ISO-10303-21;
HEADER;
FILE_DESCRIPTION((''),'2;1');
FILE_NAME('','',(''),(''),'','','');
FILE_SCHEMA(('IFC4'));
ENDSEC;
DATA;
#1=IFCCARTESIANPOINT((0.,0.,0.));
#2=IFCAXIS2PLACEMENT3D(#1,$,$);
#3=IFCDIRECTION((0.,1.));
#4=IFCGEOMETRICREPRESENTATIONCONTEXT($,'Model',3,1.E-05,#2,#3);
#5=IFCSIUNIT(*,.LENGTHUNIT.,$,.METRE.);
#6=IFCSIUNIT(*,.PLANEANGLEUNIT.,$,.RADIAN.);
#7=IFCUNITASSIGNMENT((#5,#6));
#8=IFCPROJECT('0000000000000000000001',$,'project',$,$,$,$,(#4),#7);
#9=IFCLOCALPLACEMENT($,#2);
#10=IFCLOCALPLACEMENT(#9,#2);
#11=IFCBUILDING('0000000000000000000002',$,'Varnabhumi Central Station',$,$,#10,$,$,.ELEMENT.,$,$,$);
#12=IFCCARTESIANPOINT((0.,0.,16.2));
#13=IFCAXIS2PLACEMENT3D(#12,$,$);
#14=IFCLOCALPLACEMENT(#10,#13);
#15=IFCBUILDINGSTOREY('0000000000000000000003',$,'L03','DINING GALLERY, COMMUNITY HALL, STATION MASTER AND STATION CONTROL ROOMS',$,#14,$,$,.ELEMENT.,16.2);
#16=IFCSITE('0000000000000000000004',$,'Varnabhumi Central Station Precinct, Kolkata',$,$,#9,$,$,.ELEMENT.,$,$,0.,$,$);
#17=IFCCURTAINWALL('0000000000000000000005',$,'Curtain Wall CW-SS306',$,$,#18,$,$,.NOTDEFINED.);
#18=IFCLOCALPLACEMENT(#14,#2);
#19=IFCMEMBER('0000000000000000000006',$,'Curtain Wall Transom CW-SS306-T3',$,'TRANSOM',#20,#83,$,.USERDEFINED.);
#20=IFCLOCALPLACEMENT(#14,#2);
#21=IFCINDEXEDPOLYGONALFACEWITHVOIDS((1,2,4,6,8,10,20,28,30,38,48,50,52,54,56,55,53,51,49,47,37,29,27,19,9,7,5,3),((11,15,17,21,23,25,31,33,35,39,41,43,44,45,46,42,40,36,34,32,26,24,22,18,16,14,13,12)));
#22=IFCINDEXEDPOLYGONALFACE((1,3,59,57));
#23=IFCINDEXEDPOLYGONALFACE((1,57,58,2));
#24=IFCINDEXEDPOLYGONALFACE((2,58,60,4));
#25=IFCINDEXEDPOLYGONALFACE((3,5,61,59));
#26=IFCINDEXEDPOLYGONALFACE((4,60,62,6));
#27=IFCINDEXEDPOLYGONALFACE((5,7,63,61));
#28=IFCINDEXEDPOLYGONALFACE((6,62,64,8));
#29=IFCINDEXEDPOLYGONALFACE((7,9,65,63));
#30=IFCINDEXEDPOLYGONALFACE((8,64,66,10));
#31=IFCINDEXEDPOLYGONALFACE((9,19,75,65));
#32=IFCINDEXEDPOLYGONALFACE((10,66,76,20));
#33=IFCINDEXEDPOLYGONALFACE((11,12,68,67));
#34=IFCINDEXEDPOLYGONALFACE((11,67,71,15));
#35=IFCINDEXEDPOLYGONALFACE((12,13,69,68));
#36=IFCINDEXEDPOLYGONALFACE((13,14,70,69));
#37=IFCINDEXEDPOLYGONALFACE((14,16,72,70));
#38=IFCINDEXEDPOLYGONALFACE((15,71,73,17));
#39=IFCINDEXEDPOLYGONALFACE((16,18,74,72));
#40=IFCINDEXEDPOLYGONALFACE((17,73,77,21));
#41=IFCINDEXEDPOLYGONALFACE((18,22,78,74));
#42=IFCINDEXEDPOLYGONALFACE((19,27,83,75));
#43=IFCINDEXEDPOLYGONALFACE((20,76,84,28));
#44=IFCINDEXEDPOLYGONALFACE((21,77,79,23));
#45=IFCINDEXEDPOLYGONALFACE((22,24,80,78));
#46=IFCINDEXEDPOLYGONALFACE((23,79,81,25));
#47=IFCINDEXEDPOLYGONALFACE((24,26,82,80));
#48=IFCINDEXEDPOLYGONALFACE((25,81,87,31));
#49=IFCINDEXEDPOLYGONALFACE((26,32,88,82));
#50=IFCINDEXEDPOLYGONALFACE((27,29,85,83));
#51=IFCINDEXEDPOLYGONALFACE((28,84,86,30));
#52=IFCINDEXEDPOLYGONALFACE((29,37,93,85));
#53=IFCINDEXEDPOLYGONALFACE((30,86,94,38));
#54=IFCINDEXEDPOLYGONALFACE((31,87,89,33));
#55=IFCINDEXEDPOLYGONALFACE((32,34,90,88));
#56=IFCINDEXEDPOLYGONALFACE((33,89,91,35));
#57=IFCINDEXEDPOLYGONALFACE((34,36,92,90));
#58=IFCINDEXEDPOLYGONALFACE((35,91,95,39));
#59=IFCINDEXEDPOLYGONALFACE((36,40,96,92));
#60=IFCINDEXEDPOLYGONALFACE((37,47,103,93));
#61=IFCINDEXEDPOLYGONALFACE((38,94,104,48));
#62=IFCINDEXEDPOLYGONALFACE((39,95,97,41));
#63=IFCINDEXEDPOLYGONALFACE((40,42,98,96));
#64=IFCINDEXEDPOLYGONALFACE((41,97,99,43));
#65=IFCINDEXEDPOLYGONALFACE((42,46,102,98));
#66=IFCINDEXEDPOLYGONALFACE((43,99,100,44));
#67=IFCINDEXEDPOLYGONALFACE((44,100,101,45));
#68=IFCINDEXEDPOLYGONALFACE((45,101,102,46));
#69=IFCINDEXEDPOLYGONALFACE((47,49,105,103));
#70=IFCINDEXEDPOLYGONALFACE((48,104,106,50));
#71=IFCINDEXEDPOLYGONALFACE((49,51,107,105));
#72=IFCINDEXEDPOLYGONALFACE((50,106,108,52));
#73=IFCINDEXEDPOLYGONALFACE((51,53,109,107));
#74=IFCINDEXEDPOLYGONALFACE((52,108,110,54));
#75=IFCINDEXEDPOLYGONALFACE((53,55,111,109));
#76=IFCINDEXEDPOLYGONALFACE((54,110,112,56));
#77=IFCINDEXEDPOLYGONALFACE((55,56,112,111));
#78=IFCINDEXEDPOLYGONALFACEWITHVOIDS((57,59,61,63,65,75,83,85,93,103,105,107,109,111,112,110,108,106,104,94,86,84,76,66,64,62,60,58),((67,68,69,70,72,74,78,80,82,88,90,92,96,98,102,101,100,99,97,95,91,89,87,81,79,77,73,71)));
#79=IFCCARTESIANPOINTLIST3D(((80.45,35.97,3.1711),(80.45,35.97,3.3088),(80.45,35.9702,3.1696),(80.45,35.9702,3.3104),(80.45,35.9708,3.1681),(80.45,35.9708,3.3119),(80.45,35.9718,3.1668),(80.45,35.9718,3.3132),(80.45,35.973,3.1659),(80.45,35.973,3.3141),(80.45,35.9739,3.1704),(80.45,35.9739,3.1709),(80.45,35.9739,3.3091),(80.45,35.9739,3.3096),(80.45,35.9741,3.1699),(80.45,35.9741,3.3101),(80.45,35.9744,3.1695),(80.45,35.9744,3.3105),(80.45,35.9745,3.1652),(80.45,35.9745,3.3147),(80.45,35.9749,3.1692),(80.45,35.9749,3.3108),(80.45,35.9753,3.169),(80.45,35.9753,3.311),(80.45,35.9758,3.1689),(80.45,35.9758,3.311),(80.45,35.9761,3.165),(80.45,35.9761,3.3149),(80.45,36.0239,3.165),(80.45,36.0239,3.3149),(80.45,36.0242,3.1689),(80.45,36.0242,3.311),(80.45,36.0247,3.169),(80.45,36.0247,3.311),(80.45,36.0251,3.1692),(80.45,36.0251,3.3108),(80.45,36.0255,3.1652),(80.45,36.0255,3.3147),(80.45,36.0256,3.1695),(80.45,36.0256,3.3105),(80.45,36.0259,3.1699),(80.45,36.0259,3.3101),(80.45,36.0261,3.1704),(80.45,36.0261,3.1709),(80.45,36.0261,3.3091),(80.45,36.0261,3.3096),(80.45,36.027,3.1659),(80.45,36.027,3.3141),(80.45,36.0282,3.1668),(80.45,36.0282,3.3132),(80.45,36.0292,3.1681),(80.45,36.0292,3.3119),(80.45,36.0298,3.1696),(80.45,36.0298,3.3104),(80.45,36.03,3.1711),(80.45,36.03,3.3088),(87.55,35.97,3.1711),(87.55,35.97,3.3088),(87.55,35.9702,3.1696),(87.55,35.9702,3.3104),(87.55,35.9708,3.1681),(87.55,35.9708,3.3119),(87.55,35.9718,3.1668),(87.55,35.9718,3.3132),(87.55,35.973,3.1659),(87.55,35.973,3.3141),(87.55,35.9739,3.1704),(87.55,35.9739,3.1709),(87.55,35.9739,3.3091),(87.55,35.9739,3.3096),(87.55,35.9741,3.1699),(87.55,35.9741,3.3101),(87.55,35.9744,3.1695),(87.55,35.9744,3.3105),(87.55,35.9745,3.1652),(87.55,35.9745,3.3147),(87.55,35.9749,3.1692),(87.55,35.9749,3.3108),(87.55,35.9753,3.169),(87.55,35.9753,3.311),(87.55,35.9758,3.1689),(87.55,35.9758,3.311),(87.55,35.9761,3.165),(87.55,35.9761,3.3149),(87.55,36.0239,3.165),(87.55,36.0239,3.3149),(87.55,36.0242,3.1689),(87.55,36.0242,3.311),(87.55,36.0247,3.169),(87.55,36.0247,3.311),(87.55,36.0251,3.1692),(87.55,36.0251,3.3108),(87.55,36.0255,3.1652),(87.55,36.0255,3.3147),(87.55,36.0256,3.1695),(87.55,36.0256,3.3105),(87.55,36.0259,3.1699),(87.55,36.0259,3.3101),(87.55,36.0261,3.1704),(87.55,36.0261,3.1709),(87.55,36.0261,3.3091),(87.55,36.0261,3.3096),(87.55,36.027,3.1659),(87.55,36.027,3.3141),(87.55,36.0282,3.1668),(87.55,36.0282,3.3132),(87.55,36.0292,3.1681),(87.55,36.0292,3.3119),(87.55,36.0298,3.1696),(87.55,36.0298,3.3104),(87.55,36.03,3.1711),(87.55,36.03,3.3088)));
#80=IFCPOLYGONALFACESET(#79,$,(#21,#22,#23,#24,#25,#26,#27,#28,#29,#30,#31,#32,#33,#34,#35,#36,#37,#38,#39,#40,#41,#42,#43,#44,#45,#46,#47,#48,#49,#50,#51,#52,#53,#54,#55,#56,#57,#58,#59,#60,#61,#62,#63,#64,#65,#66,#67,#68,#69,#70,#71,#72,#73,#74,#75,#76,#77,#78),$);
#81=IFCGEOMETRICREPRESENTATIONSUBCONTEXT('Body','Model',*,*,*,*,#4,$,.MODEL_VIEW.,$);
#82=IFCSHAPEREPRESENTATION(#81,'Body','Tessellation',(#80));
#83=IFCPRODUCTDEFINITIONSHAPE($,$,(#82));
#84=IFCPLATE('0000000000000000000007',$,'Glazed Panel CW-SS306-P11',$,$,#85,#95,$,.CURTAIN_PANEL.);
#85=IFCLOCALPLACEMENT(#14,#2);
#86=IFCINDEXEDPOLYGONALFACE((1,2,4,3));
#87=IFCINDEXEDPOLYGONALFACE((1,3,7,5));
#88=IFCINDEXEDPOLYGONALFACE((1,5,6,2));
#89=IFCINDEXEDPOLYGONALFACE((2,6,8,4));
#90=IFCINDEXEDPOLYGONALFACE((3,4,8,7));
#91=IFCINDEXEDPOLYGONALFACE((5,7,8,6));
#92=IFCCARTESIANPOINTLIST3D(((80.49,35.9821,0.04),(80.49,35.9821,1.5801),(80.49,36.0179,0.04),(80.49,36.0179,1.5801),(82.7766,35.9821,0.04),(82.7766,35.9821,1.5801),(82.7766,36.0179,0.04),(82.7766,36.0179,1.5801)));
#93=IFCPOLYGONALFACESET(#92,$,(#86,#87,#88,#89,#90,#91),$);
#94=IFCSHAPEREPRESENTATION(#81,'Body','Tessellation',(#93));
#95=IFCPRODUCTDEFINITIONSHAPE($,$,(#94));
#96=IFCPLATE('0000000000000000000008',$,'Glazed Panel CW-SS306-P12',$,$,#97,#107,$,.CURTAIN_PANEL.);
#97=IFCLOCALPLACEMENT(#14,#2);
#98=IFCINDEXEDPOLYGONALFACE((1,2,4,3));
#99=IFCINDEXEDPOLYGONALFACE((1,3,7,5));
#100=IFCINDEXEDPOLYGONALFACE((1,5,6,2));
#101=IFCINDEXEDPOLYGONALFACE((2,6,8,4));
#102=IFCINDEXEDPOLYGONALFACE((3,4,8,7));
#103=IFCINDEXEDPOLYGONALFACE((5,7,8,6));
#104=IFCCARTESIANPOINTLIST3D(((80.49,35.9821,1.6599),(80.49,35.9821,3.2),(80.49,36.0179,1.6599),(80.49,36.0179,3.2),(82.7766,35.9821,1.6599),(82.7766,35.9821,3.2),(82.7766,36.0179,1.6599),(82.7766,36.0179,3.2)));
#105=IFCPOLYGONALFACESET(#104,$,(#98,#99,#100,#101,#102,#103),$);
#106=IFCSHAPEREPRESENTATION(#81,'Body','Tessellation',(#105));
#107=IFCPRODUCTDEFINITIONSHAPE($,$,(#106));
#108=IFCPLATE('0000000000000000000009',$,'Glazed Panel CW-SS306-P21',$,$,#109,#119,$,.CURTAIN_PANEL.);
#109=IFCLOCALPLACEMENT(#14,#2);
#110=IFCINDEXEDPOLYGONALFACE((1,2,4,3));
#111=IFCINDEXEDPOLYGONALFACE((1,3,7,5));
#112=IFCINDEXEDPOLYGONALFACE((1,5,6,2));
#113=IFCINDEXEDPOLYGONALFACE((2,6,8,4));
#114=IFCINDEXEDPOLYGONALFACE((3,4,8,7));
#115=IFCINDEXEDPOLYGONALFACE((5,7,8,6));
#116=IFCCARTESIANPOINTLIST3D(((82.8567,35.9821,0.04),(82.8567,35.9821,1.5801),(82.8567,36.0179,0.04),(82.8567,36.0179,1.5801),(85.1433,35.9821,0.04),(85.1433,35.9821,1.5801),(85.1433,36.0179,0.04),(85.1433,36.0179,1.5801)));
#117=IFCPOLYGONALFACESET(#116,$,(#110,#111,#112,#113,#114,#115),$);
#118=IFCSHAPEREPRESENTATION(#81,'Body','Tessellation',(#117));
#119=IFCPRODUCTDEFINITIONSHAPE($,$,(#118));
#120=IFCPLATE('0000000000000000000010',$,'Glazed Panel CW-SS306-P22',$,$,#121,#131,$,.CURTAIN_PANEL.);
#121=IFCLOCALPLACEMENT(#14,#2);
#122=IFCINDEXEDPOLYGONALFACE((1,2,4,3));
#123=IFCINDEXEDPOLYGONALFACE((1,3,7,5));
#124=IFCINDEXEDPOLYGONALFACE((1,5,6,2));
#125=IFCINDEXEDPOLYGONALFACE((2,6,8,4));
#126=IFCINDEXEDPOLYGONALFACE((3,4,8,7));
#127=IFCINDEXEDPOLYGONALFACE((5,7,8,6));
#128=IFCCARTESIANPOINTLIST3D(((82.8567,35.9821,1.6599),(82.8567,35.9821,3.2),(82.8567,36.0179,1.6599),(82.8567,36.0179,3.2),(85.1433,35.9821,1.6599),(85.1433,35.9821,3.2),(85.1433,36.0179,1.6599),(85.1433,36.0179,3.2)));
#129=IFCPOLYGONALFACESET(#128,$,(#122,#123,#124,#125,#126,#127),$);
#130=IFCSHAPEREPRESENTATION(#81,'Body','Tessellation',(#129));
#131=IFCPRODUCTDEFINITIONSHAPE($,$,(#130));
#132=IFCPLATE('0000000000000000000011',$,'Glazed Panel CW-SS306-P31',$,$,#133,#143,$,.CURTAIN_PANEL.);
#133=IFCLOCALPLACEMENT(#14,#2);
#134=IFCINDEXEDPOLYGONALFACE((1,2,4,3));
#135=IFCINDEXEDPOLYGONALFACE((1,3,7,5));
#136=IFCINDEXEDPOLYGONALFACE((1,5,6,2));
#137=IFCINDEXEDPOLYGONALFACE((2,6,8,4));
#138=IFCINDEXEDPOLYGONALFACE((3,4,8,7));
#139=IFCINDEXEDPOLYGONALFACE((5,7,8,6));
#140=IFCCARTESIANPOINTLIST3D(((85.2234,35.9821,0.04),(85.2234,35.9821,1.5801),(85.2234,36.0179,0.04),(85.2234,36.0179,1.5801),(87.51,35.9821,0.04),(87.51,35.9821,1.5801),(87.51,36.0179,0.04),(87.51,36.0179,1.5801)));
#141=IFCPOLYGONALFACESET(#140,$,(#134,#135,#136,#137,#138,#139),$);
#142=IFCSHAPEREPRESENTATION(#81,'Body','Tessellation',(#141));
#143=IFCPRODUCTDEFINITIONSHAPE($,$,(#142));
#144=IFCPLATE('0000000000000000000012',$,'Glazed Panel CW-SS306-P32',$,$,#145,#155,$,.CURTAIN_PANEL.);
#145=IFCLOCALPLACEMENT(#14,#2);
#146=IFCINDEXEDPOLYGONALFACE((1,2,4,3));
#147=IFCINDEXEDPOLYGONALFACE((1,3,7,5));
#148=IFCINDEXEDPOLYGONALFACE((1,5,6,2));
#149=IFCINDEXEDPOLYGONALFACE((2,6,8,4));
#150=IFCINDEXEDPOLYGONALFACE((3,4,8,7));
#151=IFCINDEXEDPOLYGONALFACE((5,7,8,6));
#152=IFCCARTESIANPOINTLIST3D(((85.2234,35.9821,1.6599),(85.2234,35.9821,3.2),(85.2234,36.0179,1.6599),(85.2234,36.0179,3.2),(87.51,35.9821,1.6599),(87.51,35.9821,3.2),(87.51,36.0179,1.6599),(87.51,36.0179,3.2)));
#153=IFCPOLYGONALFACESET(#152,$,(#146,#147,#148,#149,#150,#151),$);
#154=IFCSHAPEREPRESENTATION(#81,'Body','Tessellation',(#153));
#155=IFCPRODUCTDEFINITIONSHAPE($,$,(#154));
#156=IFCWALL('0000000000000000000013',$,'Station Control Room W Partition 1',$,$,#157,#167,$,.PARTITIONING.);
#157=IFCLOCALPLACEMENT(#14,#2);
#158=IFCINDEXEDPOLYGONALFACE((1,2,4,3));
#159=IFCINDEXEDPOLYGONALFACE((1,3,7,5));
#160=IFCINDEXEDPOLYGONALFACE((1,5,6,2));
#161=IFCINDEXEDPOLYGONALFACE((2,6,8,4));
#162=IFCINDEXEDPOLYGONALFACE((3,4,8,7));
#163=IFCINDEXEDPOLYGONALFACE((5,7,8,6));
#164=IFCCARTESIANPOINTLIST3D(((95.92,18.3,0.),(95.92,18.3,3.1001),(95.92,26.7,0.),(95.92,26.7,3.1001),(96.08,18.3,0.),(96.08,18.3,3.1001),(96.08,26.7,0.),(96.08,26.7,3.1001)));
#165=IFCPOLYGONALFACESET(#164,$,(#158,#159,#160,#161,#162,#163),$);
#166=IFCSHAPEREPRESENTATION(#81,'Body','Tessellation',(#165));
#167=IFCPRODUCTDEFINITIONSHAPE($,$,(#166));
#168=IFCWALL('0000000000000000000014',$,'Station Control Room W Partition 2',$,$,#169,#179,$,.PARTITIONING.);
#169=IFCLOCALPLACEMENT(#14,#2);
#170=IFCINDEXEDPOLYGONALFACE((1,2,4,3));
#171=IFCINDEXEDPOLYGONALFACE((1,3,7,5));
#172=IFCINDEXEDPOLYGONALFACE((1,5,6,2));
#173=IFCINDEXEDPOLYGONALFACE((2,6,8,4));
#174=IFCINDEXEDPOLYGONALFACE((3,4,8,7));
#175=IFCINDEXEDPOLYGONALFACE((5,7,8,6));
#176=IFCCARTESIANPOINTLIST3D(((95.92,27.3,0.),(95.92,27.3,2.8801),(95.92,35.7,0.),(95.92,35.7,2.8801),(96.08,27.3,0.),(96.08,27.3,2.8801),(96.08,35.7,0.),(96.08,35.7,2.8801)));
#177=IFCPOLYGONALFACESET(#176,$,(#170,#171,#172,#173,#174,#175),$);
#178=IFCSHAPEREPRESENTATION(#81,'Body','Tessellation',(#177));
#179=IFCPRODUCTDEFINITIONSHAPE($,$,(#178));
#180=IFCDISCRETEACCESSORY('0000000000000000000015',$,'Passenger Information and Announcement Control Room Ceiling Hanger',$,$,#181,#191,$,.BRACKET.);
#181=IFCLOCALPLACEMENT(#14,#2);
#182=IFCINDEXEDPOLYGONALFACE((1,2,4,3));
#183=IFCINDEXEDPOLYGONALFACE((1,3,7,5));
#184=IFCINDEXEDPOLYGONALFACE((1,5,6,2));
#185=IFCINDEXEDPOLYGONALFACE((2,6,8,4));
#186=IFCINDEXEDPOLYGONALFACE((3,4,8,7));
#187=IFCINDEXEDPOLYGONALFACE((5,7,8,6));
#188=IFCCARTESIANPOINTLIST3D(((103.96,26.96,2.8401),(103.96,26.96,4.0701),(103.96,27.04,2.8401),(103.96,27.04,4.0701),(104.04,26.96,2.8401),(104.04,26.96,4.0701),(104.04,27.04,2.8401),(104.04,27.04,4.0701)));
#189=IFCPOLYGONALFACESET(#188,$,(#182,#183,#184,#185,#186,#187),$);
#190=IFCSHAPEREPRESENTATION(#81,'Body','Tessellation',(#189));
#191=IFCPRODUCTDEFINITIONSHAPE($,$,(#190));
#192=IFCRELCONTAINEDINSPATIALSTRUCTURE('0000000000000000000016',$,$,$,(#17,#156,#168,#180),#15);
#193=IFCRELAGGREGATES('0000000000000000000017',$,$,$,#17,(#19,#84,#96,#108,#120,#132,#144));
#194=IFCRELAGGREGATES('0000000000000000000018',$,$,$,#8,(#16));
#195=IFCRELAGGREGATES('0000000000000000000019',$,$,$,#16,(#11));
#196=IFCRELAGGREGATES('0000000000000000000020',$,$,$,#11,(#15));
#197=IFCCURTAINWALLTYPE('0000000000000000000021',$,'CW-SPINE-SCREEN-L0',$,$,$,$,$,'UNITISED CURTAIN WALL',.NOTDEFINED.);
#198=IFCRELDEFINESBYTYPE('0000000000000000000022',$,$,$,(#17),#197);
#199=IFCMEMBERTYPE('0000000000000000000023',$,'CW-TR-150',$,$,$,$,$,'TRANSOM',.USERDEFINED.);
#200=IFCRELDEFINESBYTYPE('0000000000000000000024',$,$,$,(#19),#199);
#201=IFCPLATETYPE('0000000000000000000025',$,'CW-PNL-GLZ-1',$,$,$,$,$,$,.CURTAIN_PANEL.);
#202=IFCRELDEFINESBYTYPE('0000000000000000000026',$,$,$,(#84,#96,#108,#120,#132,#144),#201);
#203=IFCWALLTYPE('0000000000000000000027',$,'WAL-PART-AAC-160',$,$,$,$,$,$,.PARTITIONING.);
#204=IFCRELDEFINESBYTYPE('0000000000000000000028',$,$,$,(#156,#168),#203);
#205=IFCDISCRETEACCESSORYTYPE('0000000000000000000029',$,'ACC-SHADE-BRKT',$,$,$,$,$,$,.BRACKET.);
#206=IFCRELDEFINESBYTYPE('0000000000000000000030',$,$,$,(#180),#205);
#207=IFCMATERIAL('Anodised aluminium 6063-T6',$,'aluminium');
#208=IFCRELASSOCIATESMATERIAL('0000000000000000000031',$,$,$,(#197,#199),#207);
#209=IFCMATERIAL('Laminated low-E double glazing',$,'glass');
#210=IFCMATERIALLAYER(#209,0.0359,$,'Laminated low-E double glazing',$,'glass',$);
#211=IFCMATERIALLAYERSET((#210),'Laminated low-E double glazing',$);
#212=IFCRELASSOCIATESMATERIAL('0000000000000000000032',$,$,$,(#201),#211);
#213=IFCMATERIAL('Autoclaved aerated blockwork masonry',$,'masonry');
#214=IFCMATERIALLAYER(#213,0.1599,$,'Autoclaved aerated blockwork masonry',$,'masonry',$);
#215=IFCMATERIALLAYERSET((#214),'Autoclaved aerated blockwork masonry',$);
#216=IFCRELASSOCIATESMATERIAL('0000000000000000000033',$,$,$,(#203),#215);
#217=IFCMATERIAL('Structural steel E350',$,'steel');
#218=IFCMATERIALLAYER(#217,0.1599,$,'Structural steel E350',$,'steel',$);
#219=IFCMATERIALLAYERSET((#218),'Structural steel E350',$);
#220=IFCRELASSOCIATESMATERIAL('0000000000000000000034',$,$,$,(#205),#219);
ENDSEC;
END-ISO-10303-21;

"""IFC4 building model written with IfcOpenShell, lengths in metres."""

from ifc_helpers import new_model, si_unit, direction, frame, frame_2d, origin, origin_2d, place, context, subcontext, project, spatial, rectangle, hollow_rectangle, extrude, material, layer, layer_set, material_profile, profile_set, type_object, element, aggregate, save


model = new_model("IFC4")

# Units and contexts
model_context = context("Model", 3, precision=1e-05, world=origin(), true_north=direction((0.0, 1.0)))
body_context = subcontext(model_context, "Body", "Model", "MODEL_VIEW")
ifc_project = project(units=[si_unit("LENGTHUNIT", "METRE"), si_unit("PLANEANGLEUNIT", "RADIAN")], contexts=[model_context])

# Site, building, storey
site_placement = place(None, origin())
site = spatial("IfcSite", under=ifc_project, at=site_placement, Name="Varnabhumi Central Station Precinct, Kolkata", CompositionType="ELEMENT", RefElevation=0.0)
building_placement = place(site_placement, origin())
building = spatial("IfcBuilding", under=site, at=building_placement, Name="Varnabhumi Central Station", CompositionType="ELEMENT")
storey_placement = place(building_placement, frame((0.0, 0.0, 16.2)))
storey = spatial("IfcBuildingStorey", under=building, at=storey_placement, Name="L03", Description="DINING GALLERY, COMMUNITY HALL, STATION MASTER AND STATION CONTROL ROOMS", CompositionType="ELEMENT", Elevation=16.2)

# Shared definitions
ifc_material_1 = material(Name="Structural steel E350", Category="steel")

# Curtain wall, member, plates
ifc_material_2 = material(Name="Anodised aluminium 6063-T6", Category="aluminium")
curtain_wall_type = type_object("IfcCurtainWallType", Name="CW-SPINE-SCREEN-L0", ElementType="UNITISED CURTAIN WALL", PredefinedType="NOTDEFINED", material=ifc_material_2)
curtain_wall_placement = place(storey_placement, origin())
curtain_wall = element("IfcCurtainWall", 1, at=curtain_wall_placement, inside=storey, type_object=curtain_wall_type, Name="Curtain Wall CW-SS306", PredefinedType="NOTDEFINED")
ifc_material_profile_1 = material_profile(ifc_material_2, hollow_rectangle(XDim=0.0601, YDim=0.1499, WallThickness=0.0039, InnerFilletRadius=0.002, OuterFilletRadius=0.0061, at=origin_2d()), Name="Anodised aluminium 6063-T6", Category="aluminium")
ifc_profile_set_1 = profile_set([ifc_material_profile_1], Name="Anodised aluminium 6063-T6")
member_type_1 = type_object("IfcMemberType", Name="CW-TR-150", ElementType="TRANSOM", PredefinedType="USERDEFINED", material=ifc_profile_set_1)
member_1_placement = place(storey_placement, frame((80.45, 36.0, 3.24), z_axis=(1.0, 0.0, 0.0), x_axis=(0.0, 1.0, 0.0)))
member_1 = element("IfcMember", 2, at=member_1_placement, type_object=member_type_1, Name="Curtain Wall Transom CW-SS306-T3", ObjectType="TRANSOM", PredefinedType="USERDEFINED", context=body_context, shape_type="SweptSolid", body=[
    extrude(hollow_rectangle(XDim=0.0601, YDim=0.1499, WallThickness=0.0039, InnerFilletRadius=0.002, OuterFilletRadius=0.0061, at=origin_2d()), origin(), (0.0, 0.0, 1.0), 7.1001),
])
ifc_material_3 = material(Name="Laminated low-E double glazing", Category="glass")
ifc_layer_1 = layer(ifc_material_3, 0.0359, Name="Laminated low-E double glazing", Category="glass")
ifc_layer_set_1 = layer_set([ifc_layer_1], Name="Laminated low-E double glazing")
plate_type = type_object("IfcPlateType", Name="CW-PNL-GLZ-1", PredefinedType="CURTAIN_PANEL", material=ifc_layer_set_1)
plate_1_placement = place(storey_placement, frame((81.6333, 36.0, 0.04), z_axis=(0.0, 0.0, 1.0), x_axis=(1.0, 0.0, 0.0)))
plate_1 = element("IfcPlate", 3, at=plate_1_placement, type_object=plate_type, Name="Glazed Panel CW-SS306-P11", PredefinedType="CURTAIN_PANEL", context=body_context, shape_type="SweptSolid", body=[
    extrude(rectangle(XDim=2.2866, YDim=0.0359, at=origin_2d()), origin(), (0.0, 0.0, 1.0), 1.54),
])
plate_2_placement = place(storey_placement, frame((81.6333, 36.0, 1.6599), z_axis=(0.0, 0.0, 1.0), x_axis=(1.0, 0.0, 0.0)))
plate_2 = element("IfcPlate", 4, at=plate_2_placement, type_object=plate_type, Name="Glazed Panel CW-SS306-P12", PredefinedType="CURTAIN_PANEL", context=body_context, shape_type="SweptSolid", body=[
    extrude(rectangle(XDim=2.2866, YDim=0.0359, at=origin_2d()), origin(), (0.0, 0.0, 1.0), 1.54),
])
plate_3_placement = place(storey_placement, frame((84.0, 36.0, 0.04), z_axis=(0.0, 0.0, 1.0), x_axis=(1.0, 0.0, 0.0)))
plate_3 = element("IfcPlate", 5, at=plate_3_placement, type_object=plate_type, Name="Glazed Panel CW-SS306-P21", PredefinedType="CURTAIN_PANEL", context=body_context, shape_type="SweptSolid", body=[
    extrude(rectangle(XDim=2.2866, YDim=0.0359, at=origin_2d()), origin(), (0.0, 0.0, 1.0), 1.54),
])
plate_4_placement = place(storey_placement, frame((84.0, 36.0, 1.6599), z_axis=(0.0, 0.0, 1.0), x_axis=(1.0, 0.0, 0.0)))
plate_4 = element("IfcPlate", 6, at=plate_4_placement, type_object=plate_type, Name="Glazed Panel CW-SS306-P22", PredefinedType="CURTAIN_PANEL", context=body_context, shape_type="SweptSolid", body=[
    extrude(rectangle(XDim=2.2866, YDim=0.0359, at=origin_2d()), origin(), (0.0, 0.0, 1.0), 1.54),
])
plate_5_placement = place(storey_placement, frame((86.3667, 36.0, 0.04), z_axis=(0.0, 0.0, 1.0), x_axis=(1.0, 0.0, 0.0)))
plate_5 = element("IfcPlate", 7, at=plate_5_placement, type_object=plate_type, Name="Glazed Panel CW-SS306-P31", PredefinedType="CURTAIN_PANEL", context=body_context, shape_type="SweptSolid", body=[
    extrude(rectangle(XDim=2.2866, YDim=0.0359, at=origin_2d()), origin(), (0.0, 0.0, 1.0), 1.54),
])
plate_6_placement = place(storey_placement, frame((86.3667, 36.0, 1.6599), z_axis=(0.0, 0.0, 1.0), x_axis=(1.0, 0.0, 0.0)))
plate_6 = element("IfcPlate", 8, at=plate_6_placement, type_object=plate_type, Name="Glazed Panel CW-SS306-P32", PredefinedType="CURTAIN_PANEL", context=body_context, shape_type="SweptSolid", body=[
    extrude(rectangle(XDim=2.2866, YDim=0.0359, at=origin_2d()), origin(), (0.0, 0.0, 1.0), 1.54),
])
aggregate(curtain_wall, [member_1, plate_1, plate_2, plate_3, plate_4, plate_5, plate_6])

# Walls
ifc_material_4 = material(Name="Autoclaved aerated blockwork masonry", Category="masonry")
ifc_layer_2 = layer(ifc_material_4, 0.1599, Name="Autoclaved aerated blockwork masonry", Category="masonry")
ifc_layer_set_2 = layer_set([ifc_layer_2], Name="Autoclaved aerated blockwork masonry")
wall_type = type_object("IfcWallType", Name="WAL-PART-AAC-160", PredefinedType="PARTITIONING", material=ifc_layer_set_2)
wall_1_placement = place(storey_placement, frame((96.0, 18.3, 0.0), z_axis=(0.0, 0.0, 1.0), x_axis=(0.0, 1.0, 0.0)))
element("IfcWall", 9, at=wall_1_placement, inside=storey, type_object=wall_type, Name="Station Control Room W Partition 1", PredefinedType="PARTITIONING", context=body_context, shape_type="SweptSolid", body=[
    extrude(rectangle(XDim=8.3999, YDim=0.1599, at=frame_2d((4.2, 0.0))), origin(), (0.0, 0.0, 1.0), 3.1001),
])
wall_2_placement = place(storey_placement, frame((96.0, 27.3, 0.0), z_axis=(0.0, 0.0, 1.0), x_axis=(0.0, 1.0, 0.0)))
element("IfcWall", 10, at=wall_2_placement, inside=storey, type_object=wall_type, Name="Station Control Room W Partition 2", PredefinedType="PARTITIONING", context=body_context, shape_type="SweptSolid", body=[
    extrude(rectangle(XDim=8.3999, YDim=0.1599, at=frame_2d((4.2, 0.0))), origin(), (0.0, 0.0, 1.0), 2.8801),
])

# Discrete accessory
ifc_layer_3 = layer(ifc_material_1, 0.1599, Name="Structural steel E350", Category="steel")
ifc_layer_set_3 = layer_set([ifc_layer_3], Name="Structural steel E350")
discrete_accessory_type = type_object("IfcDiscreteAccessoryType", Name="ACC-SHADE-BRKT", PredefinedType="BRACKET", material=ifc_layer_set_3)
discrete_accessory_placement = place(storey_placement, frame((104.0, 27.0, 2.8401), z_axis=(0.0, 0.0, 1.0), x_axis=(1.0, 0.0, 0.0)))
element("IfcDiscreteAccessory", 11, at=discrete_accessory_placement, inside=storey, type_object=discrete_accessory_type, Name="Passenger Information and Announcement Control Room Ceiling Hanger", PredefinedType="BRACKET", context=body_context, shape_type="SweptSolid", body=[
    extrude(rectangle(XDim=0.0801, YDim=0.0801, at=origin_2d()), origin(), (0.0, 0.0, 1.0), 1.23),
])

save(model, "model.ifc")
